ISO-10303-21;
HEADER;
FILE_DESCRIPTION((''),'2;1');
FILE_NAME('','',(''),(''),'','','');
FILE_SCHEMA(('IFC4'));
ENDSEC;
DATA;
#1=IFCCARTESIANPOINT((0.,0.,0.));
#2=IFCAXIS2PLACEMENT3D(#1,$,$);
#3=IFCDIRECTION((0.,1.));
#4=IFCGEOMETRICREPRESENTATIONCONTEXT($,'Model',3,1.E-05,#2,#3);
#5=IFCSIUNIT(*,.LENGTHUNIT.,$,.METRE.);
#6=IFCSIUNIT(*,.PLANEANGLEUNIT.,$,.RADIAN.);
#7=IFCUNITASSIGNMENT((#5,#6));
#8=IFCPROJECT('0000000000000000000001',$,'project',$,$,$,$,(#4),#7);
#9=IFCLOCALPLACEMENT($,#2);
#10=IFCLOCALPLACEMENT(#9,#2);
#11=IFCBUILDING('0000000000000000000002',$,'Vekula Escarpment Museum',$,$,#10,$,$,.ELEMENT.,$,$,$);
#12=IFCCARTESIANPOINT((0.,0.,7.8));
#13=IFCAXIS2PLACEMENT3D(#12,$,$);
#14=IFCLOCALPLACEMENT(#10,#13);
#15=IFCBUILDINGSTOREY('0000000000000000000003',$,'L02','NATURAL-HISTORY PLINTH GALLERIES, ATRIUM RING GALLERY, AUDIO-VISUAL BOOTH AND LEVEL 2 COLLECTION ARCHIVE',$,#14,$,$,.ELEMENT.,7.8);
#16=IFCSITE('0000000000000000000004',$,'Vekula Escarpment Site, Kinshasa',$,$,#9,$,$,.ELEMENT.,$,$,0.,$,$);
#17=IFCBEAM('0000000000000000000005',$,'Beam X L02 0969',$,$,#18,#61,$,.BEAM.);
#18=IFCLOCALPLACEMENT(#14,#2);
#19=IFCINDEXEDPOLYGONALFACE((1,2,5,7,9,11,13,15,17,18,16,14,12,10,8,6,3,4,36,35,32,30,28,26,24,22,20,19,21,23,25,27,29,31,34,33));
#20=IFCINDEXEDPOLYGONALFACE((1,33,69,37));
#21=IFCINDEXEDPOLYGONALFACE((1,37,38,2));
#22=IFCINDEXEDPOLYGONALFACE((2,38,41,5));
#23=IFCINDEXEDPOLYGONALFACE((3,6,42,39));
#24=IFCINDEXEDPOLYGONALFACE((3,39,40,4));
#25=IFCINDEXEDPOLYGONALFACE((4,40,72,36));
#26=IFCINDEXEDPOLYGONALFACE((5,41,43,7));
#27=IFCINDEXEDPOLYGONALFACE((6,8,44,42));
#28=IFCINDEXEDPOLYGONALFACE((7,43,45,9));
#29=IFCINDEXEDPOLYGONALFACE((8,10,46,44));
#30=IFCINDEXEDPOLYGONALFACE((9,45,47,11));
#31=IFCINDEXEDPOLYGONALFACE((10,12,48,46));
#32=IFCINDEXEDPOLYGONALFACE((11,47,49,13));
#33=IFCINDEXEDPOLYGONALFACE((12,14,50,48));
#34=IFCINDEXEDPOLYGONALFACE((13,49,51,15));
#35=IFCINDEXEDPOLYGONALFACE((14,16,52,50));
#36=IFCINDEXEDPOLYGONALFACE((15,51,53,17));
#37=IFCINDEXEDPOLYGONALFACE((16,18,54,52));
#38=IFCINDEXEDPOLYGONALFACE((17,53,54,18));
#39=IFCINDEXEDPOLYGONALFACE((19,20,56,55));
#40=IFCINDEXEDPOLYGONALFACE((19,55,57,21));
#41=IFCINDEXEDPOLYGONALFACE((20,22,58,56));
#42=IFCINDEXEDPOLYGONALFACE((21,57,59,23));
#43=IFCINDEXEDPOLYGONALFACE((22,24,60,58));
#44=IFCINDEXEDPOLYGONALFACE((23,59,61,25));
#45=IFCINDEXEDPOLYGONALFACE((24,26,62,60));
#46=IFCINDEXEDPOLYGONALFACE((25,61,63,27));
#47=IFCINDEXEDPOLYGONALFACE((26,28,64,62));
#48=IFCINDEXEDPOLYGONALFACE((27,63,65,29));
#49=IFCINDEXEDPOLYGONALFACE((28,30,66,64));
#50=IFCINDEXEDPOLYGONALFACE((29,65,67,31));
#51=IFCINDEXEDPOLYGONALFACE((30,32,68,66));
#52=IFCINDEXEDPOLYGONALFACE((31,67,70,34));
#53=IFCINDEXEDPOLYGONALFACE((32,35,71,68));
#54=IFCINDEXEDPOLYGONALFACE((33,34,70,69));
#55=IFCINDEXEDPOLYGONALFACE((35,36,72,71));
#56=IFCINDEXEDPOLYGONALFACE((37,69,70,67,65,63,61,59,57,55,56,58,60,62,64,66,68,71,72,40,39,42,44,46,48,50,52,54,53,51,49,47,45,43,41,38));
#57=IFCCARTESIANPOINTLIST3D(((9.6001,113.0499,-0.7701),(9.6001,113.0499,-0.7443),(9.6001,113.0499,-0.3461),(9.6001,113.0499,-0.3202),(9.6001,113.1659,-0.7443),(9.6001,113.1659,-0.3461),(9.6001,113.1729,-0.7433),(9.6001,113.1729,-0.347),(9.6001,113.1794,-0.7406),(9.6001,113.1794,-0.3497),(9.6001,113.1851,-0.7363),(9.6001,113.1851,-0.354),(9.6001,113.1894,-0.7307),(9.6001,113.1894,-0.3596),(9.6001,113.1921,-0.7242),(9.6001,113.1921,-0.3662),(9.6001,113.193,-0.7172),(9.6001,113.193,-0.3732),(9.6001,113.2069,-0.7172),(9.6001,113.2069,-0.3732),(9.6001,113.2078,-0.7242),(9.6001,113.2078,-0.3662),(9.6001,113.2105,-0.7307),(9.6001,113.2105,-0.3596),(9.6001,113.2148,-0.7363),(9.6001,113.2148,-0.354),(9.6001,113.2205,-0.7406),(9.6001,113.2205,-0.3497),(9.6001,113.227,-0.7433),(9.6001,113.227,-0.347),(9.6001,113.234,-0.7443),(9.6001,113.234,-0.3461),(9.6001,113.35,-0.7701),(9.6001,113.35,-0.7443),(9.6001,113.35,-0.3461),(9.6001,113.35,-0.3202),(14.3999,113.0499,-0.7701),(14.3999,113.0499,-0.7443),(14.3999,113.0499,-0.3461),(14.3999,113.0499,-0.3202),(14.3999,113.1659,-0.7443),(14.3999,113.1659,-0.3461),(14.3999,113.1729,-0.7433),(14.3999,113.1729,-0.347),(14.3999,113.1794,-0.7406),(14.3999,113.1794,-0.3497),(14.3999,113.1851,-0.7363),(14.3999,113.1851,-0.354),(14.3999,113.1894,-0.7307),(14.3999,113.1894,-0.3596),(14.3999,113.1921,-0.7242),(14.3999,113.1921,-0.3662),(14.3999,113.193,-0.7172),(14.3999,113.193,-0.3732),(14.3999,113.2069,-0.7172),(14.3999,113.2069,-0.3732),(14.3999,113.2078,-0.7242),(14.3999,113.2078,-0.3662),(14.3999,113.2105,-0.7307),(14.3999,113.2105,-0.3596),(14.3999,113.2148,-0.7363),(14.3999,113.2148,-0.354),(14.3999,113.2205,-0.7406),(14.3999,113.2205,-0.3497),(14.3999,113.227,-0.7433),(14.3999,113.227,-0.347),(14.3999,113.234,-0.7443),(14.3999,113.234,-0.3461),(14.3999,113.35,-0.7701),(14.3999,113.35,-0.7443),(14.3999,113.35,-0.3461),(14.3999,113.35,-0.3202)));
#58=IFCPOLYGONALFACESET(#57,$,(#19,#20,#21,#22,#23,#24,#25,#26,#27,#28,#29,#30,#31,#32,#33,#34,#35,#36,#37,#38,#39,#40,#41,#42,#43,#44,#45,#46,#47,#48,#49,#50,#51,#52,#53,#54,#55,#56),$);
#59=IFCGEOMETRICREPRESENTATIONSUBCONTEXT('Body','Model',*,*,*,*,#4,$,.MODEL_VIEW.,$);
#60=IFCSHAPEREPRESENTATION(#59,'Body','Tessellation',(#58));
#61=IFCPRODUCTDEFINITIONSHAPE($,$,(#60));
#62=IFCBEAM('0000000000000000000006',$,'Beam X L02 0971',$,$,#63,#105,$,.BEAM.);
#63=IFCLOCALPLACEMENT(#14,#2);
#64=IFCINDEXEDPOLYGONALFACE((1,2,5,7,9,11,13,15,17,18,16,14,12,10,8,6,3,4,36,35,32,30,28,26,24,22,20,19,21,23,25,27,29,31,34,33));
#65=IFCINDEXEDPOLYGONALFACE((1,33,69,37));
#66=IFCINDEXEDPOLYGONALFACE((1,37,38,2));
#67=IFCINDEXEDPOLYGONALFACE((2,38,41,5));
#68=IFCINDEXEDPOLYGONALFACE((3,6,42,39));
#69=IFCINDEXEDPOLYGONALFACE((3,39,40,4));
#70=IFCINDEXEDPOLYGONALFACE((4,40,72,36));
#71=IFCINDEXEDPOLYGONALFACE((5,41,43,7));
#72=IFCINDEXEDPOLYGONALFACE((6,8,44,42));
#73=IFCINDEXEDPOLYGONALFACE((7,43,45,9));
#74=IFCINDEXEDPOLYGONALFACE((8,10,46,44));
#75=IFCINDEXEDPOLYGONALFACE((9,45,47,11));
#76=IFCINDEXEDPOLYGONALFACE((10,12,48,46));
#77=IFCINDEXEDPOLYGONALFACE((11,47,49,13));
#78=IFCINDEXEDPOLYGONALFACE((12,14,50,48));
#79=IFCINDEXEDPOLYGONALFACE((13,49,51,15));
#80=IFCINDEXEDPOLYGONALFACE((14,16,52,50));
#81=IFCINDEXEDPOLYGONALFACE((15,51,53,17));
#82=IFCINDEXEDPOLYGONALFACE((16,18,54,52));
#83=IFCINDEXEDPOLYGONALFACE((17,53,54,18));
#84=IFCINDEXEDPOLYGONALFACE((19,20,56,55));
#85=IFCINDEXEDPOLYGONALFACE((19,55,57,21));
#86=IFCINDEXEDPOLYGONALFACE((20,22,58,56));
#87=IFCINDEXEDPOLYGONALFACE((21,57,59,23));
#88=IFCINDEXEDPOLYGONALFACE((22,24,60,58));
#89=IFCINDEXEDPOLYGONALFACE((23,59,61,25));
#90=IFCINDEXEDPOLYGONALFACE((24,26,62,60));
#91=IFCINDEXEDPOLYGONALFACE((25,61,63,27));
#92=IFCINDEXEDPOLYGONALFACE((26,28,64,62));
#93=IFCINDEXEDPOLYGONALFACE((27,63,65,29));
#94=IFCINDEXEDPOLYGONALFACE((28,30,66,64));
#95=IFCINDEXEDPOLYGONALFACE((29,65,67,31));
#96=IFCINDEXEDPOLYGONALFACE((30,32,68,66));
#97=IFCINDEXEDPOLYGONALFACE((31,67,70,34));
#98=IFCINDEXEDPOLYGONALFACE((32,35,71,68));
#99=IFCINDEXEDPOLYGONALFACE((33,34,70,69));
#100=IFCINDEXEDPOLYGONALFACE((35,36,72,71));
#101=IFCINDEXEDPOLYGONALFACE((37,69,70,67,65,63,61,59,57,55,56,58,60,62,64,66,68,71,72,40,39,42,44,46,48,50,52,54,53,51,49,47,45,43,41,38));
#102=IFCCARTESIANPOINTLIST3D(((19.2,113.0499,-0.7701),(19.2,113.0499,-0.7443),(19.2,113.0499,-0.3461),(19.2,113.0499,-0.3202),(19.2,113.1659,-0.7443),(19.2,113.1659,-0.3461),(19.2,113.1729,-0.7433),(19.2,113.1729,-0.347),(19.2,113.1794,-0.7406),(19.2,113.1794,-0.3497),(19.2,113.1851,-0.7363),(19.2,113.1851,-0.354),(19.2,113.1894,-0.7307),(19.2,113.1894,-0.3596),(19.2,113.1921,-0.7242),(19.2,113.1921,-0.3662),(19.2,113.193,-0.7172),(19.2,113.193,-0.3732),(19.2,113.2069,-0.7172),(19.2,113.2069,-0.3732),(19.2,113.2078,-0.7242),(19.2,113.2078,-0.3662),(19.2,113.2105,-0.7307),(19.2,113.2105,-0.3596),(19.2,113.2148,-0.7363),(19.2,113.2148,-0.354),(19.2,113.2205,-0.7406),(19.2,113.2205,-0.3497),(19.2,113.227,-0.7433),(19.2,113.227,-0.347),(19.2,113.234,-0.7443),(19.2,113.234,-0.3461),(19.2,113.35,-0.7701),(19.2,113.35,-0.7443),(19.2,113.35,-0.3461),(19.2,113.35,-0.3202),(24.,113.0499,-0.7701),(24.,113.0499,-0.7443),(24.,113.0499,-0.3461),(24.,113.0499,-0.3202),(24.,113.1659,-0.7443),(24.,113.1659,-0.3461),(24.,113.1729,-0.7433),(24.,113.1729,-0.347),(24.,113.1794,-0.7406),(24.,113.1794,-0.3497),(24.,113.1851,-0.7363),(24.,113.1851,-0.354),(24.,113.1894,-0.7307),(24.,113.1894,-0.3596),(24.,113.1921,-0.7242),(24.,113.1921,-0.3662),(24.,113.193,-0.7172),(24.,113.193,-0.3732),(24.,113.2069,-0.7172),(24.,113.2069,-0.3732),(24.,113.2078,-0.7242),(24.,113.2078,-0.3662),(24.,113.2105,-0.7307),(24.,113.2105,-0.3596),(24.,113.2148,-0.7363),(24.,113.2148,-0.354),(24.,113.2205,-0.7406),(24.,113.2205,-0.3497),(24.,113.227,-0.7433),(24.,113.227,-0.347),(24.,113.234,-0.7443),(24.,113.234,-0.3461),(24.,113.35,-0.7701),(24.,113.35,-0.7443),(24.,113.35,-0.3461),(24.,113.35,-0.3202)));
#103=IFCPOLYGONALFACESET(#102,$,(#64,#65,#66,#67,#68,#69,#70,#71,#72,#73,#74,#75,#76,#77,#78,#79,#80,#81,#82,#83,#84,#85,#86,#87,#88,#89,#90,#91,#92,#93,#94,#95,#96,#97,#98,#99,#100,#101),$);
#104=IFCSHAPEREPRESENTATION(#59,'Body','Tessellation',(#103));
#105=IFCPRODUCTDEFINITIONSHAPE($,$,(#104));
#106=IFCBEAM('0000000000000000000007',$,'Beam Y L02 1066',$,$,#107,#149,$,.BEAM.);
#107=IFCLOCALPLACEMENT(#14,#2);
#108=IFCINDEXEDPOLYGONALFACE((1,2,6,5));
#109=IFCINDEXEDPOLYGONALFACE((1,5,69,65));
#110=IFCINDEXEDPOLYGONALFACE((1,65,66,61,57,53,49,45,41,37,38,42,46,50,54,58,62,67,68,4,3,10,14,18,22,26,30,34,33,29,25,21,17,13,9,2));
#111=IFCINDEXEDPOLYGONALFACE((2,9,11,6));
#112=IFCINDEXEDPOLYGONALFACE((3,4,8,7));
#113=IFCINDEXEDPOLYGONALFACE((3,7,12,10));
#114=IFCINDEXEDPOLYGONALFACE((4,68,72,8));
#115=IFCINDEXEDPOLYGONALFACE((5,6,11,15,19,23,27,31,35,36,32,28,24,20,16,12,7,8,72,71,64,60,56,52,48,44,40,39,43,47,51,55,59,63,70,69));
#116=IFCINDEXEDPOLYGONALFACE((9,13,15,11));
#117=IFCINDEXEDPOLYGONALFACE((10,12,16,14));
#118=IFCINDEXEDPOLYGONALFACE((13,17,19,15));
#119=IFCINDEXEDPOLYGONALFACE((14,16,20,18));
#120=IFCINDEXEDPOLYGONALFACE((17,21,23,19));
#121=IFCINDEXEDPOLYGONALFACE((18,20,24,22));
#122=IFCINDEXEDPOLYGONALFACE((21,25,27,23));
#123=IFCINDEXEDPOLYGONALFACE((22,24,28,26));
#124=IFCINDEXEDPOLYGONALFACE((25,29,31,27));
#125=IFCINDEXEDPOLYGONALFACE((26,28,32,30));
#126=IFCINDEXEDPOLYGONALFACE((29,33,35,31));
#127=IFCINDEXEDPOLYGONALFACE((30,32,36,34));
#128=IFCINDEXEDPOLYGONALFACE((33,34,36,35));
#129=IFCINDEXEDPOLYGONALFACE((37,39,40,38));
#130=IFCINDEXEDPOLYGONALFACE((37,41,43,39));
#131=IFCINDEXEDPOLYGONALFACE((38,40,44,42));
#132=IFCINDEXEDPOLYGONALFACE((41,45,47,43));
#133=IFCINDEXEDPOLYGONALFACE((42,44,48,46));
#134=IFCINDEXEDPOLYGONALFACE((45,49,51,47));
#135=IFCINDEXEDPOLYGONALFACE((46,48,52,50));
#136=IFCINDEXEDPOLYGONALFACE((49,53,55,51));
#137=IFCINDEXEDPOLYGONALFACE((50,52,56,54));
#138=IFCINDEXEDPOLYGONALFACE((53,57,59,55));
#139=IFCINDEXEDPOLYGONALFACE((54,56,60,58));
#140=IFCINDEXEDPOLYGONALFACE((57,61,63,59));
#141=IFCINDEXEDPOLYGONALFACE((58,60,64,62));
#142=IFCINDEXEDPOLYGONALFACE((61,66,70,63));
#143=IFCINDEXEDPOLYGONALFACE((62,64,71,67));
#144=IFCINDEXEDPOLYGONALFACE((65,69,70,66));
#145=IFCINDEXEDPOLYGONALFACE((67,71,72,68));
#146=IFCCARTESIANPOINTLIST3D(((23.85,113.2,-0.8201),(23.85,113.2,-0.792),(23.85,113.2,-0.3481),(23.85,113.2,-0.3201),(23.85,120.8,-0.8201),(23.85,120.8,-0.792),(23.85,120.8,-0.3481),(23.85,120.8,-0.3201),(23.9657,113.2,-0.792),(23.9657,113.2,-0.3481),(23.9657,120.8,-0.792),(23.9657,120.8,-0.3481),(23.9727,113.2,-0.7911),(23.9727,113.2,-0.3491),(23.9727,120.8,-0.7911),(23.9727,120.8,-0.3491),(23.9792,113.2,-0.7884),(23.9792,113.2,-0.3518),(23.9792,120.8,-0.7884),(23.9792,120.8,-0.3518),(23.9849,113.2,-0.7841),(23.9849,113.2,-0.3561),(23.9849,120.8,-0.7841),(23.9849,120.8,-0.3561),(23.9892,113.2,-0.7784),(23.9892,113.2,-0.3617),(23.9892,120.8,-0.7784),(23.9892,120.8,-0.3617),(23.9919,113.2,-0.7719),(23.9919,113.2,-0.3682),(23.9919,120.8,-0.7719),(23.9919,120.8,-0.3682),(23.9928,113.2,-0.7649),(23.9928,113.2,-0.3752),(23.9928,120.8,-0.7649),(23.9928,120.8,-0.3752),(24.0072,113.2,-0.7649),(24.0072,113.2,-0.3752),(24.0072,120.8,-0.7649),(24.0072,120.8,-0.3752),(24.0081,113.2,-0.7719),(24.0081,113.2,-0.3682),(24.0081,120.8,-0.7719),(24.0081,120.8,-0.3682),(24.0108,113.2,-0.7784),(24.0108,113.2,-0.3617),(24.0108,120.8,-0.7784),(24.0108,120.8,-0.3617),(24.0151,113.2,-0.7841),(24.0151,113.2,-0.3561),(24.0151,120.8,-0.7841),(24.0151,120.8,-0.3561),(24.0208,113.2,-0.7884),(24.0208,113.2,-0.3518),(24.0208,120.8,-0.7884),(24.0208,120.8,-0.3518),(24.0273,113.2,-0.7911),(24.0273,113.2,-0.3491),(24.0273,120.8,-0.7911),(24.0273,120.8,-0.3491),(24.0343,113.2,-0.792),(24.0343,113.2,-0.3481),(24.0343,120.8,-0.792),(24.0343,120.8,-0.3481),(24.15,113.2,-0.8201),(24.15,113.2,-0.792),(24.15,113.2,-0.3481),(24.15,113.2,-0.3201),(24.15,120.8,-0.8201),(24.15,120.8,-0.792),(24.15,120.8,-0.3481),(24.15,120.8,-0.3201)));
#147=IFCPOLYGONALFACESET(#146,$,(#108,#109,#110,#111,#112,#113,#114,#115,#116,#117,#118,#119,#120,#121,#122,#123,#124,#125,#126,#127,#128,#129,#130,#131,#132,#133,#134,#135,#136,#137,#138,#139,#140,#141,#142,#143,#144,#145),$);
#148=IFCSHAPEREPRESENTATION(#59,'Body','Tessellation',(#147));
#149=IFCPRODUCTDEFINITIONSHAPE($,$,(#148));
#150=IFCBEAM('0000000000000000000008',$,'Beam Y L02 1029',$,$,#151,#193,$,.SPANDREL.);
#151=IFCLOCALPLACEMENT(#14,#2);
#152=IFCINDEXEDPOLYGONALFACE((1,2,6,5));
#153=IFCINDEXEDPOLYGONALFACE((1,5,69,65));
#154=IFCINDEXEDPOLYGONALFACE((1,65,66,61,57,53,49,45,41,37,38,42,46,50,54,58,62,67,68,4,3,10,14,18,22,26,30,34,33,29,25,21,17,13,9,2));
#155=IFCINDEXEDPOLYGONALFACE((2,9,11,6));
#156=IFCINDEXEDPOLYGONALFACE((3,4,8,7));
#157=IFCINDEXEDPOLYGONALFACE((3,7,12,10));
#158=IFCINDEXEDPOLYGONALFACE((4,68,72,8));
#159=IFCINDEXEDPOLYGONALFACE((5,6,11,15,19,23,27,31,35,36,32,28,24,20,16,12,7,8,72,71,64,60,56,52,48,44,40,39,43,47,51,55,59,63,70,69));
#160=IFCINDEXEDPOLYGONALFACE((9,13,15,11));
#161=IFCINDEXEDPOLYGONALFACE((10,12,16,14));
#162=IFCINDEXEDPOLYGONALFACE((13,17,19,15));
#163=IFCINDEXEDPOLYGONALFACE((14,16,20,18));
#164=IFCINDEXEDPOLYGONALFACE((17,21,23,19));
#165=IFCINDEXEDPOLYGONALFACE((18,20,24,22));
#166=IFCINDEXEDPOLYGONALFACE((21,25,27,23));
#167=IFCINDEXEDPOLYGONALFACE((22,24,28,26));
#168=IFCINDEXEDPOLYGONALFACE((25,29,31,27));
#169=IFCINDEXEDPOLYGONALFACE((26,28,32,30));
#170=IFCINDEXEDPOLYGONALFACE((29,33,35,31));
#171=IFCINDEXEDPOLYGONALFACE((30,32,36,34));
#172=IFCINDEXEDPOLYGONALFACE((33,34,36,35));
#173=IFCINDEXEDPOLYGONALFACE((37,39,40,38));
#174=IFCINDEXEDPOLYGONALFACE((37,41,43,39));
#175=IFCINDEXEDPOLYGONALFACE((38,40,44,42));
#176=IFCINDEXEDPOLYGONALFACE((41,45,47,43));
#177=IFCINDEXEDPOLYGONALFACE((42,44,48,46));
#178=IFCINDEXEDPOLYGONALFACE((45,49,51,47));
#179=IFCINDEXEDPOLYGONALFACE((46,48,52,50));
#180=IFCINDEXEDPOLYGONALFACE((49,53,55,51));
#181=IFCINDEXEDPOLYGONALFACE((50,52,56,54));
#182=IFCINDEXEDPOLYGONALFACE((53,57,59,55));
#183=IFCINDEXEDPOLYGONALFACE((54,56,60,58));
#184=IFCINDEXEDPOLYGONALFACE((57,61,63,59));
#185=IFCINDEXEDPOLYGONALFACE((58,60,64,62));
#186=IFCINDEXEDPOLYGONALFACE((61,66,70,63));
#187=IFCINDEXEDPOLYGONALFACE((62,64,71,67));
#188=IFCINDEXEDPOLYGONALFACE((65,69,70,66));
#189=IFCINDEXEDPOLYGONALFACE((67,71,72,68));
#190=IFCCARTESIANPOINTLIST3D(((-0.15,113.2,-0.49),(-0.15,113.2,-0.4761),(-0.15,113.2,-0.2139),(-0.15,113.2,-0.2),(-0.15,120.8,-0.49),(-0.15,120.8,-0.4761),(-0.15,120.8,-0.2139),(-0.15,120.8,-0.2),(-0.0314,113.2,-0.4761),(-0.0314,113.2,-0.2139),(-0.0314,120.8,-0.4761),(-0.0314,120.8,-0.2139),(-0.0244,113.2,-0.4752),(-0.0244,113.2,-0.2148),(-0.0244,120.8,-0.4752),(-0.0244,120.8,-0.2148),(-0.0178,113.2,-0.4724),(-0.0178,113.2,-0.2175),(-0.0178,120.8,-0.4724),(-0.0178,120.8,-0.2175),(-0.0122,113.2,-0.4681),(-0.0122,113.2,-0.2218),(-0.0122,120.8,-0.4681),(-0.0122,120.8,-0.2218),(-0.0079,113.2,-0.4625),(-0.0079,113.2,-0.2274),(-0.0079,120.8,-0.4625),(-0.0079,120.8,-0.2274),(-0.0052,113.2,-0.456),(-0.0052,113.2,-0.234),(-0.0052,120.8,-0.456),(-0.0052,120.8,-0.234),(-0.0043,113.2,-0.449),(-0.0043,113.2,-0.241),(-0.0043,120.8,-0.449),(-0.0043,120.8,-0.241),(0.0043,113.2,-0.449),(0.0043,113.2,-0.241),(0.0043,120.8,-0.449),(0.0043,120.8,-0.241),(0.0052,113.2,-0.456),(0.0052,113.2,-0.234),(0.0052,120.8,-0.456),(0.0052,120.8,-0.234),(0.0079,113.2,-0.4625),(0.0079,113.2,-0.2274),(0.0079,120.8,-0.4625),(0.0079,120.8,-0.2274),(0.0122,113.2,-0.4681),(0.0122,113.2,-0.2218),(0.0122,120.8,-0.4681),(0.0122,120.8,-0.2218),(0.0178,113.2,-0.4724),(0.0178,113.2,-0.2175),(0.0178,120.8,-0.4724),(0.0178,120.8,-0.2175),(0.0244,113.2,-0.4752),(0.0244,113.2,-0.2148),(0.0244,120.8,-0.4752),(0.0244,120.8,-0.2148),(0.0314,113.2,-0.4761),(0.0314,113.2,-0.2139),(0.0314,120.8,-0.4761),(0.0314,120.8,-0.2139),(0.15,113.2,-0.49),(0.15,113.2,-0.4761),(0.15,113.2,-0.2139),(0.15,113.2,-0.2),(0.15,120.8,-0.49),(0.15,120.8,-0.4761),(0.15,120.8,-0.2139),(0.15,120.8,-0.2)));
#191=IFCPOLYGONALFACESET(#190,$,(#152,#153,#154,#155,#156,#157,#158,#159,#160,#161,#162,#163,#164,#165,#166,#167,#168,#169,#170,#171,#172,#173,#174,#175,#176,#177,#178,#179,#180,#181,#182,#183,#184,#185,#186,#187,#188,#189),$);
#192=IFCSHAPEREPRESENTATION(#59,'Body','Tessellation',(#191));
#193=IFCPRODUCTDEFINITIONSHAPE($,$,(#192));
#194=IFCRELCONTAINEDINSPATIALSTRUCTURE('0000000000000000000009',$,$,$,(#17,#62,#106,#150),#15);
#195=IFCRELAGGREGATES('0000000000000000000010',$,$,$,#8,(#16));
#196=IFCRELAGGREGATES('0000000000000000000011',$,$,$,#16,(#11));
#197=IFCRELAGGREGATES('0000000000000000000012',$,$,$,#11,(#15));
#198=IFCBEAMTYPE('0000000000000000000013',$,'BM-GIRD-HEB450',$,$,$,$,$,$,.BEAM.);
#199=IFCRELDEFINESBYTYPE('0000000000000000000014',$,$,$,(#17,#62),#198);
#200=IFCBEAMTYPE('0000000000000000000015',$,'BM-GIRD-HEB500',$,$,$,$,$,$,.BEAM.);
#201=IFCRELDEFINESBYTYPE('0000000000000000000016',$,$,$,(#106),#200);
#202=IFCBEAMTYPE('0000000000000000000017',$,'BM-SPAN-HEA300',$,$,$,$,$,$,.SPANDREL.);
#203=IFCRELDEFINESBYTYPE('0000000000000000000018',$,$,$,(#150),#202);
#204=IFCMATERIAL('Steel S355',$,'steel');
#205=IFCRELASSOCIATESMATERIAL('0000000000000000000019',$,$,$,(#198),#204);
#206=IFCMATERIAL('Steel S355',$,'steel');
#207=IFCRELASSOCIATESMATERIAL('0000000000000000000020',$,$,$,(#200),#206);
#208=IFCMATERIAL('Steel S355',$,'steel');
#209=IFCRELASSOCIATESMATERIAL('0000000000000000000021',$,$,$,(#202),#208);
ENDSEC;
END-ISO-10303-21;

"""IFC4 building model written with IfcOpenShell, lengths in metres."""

from ifc_helpers import new_model, si_unit, direction, frame, origin, origin_2d, place, context, subcontext, project, spatial, i_section, extrude, material, material_profile, profile_set, type_object, element, save


model = new_model("IFC4")

# Units and contexts
model_context = context("Model", 3, precision=1e-05, world=origin(), true_north=direction((0.0, 1.0)))
body_context = subcontext(model_context, "Body", "Model", "MODEL_VIEW")
ifc_project = project(units=[si_unit("LENGTHUNIT", "METRE"), si_unit("PLANEANGLEUNIT", "RADIAN")], contexts=[model_context])

# Site, building, storey
site_placement = place(None, origin())
site = spatial("IfcSite", under=ifc_project, at=site_placement, Name="Vekula Escarpment Site, Kinshasa", CompositionType="ELEMENT", RefElevation=0.0)
building_placement = place(site_placement, origin())
building = spatial("IfcBuilding", under=site, at=building_placement, Name="Vekula Escarpment Museum", CompositionType="ELEMENT")
storey_placement = place(building_placement, frame((0.0, 0.0, 7.8)))
storey = spatial("IfcBuildingStorey", under=building, at=storey_placement, Name="L02", Description="NATURAL-HISTORY PLINTH GALLERIES, ATRIUM RING GALLERY, AUDIO-VISUAL BOOTH AND LEVEL 2 COLLECTION ARCHIVE", CompositionType="ELEMENT", Elevation=7.8)

# Beams
ifc_material_1 = material(Name="Steel S355", Category="steel")
ifc_material_profile_1 = material_profile(ifc_material_1, i_section(OverallWidth=0.3, OverallDepth=0.45, WebThickness=0.0139, FlangeThickness=0.0259, FilletRadius=0.0271, at=origin_2d()), Name="HEB 450")
ifc_profile_set_1 = profile_set([ifc_material_profile_1], Name="Steel S355")
beam_type_1 = type_object("IfcBeamType", Name="BM-GIRD-HEB450", PredefinedType="BEAM", material=ifc_profile_set_1)
beam_1_placement = place(storey_placement, frame((9.6001, 113.2, -0.5452), z_axis=(1.0, 0.0, 0.0), x_axis=(0.0, 1.0, 0.0)))
element("IfcBeam", 1, at=beam_1_placement, inside=storey, type_object=beam_type_1, Name="Beam X L02 0969", PredefinedType="BEAM", context=body_context, shape_type="SweptSolid", body=[
    extrude(i_section(OverallWidth=0.3, OverallDepth=0.45, WebThickness=0.0139, FlangeThickness=0.0259, FilletRadius=0.0271, at=origin_2d()), origin(), (0.0, 0.0, 1.0), 4.7998),
])
beam_2_placement = place(storey_placement, frame((19.2, 113.2, -0.5452), z_axis=(1.0, 0.0, 0.0), x_axis=(0.0, 1.0, 0.0)))
element("IfcBeam", 2, at=beam_2_placement, inside=storey, type_object=beam_type_1, Name="Beam X L02 0971", PredefinedType="BEAM", context=body_context, shape_type="SweptSolid", body=[
    extrude(i_section(OverallWidth=0.3, OverallDepth=0.45, WebThickness=0.0139, FlangeThickness=0.0259, FilletRadius=0.0271, at=origin_2d()), origin(), (0.0, 0.0, 1.0), 4.8),
])
ifc_material_2 = material(Name="Steel S355", Category="steel")
ifc_material_profile_2 = material_profile(ifc_material_2, i_section(OverallWidth=0.3, OverallDepth=0.5, WebThickness=0.0144, FlangeThickness=0.0281, FilletRadius=0.0271, at=origin_2d()), Name="HEB 500")
ifc_profile_set_2 = profile_set([ifc_material_profile_2], Name="Steel S355")
beam_type_2 = type_object("IfcBeamType", Name="BM-GIRD-HEB500", PredefinedType="BEAM", material=ifc_profile_set_2)
beam_3_placement = place(storey_placement, frame((24.0, 113.2, -0.5701), z_axis=(0.0, 1.0, 0.0), x_axis=(-1.0, 0.0, 0.0)))
element("IfcBeam", 3, at=beam_3_placement, inside=storey, type_object=beam_type_2, Name="Beam Y L02 1066", PredefinedType="BEAM", context=body_context, shape_type="SweptSolid", body=[
    extrude(i_section(OverallWidth=0.3, OverallDepth=0.5, WebThickness=0.0144, FlangeThickness=0.0281, FilletRadius=0.0271, at=origin_2d()), origin(), (0.0, 0.0, 1.0), 7.6001),
])
ifc_material_3 = material(Name="Steel S355", Category="steel")
ifc_material_profile_3 = material_profile(ifc_material_3, i_section(OverallWidth=0.3, OverallDepth=0.29, WebThickness=0.0085, FlangeThickness=0.0139, FilletRadius=0.0271, at=origin_2d()), Name="HEA 300")
ifc_profile_set_3 = profile_set([ifc_material_profile_3], Name="Steel S355")
beam_type_3 = type_object("IfcBeamType", Name="BM-SPAN-HEA300", PredefinedType="SPANDREL", material=ifc_profile_set_3)
for number, where, z_axis, x_axis, name in (
    (4, (0.0, 113.2, -0.345), (0.0, 1.0, 0.0), (-1.0, 0.0, 0.0), "Beam Y L02 1029"),
):
    element("IfcBeam", number, at=place(storey_placement, frame(where, z_axis=z_axis, x_axis=x_axis)), inside=storey, type_object=beam_type_3, Name=name, PredefinedType="SPANDREL", context=body_context, shape_type="SweptSolid", body=[
        extrude(i_section(OverallWidth=0.3, OverallDepth=0.29, WebThickness=0.0085, FlangeThickness=0.0139, FilletRadius=0.0271, at=origin_2d()), origin(), (0.0, 0.0, 1.0), 7.6001),
    ])

save(model, "model.ifc")
